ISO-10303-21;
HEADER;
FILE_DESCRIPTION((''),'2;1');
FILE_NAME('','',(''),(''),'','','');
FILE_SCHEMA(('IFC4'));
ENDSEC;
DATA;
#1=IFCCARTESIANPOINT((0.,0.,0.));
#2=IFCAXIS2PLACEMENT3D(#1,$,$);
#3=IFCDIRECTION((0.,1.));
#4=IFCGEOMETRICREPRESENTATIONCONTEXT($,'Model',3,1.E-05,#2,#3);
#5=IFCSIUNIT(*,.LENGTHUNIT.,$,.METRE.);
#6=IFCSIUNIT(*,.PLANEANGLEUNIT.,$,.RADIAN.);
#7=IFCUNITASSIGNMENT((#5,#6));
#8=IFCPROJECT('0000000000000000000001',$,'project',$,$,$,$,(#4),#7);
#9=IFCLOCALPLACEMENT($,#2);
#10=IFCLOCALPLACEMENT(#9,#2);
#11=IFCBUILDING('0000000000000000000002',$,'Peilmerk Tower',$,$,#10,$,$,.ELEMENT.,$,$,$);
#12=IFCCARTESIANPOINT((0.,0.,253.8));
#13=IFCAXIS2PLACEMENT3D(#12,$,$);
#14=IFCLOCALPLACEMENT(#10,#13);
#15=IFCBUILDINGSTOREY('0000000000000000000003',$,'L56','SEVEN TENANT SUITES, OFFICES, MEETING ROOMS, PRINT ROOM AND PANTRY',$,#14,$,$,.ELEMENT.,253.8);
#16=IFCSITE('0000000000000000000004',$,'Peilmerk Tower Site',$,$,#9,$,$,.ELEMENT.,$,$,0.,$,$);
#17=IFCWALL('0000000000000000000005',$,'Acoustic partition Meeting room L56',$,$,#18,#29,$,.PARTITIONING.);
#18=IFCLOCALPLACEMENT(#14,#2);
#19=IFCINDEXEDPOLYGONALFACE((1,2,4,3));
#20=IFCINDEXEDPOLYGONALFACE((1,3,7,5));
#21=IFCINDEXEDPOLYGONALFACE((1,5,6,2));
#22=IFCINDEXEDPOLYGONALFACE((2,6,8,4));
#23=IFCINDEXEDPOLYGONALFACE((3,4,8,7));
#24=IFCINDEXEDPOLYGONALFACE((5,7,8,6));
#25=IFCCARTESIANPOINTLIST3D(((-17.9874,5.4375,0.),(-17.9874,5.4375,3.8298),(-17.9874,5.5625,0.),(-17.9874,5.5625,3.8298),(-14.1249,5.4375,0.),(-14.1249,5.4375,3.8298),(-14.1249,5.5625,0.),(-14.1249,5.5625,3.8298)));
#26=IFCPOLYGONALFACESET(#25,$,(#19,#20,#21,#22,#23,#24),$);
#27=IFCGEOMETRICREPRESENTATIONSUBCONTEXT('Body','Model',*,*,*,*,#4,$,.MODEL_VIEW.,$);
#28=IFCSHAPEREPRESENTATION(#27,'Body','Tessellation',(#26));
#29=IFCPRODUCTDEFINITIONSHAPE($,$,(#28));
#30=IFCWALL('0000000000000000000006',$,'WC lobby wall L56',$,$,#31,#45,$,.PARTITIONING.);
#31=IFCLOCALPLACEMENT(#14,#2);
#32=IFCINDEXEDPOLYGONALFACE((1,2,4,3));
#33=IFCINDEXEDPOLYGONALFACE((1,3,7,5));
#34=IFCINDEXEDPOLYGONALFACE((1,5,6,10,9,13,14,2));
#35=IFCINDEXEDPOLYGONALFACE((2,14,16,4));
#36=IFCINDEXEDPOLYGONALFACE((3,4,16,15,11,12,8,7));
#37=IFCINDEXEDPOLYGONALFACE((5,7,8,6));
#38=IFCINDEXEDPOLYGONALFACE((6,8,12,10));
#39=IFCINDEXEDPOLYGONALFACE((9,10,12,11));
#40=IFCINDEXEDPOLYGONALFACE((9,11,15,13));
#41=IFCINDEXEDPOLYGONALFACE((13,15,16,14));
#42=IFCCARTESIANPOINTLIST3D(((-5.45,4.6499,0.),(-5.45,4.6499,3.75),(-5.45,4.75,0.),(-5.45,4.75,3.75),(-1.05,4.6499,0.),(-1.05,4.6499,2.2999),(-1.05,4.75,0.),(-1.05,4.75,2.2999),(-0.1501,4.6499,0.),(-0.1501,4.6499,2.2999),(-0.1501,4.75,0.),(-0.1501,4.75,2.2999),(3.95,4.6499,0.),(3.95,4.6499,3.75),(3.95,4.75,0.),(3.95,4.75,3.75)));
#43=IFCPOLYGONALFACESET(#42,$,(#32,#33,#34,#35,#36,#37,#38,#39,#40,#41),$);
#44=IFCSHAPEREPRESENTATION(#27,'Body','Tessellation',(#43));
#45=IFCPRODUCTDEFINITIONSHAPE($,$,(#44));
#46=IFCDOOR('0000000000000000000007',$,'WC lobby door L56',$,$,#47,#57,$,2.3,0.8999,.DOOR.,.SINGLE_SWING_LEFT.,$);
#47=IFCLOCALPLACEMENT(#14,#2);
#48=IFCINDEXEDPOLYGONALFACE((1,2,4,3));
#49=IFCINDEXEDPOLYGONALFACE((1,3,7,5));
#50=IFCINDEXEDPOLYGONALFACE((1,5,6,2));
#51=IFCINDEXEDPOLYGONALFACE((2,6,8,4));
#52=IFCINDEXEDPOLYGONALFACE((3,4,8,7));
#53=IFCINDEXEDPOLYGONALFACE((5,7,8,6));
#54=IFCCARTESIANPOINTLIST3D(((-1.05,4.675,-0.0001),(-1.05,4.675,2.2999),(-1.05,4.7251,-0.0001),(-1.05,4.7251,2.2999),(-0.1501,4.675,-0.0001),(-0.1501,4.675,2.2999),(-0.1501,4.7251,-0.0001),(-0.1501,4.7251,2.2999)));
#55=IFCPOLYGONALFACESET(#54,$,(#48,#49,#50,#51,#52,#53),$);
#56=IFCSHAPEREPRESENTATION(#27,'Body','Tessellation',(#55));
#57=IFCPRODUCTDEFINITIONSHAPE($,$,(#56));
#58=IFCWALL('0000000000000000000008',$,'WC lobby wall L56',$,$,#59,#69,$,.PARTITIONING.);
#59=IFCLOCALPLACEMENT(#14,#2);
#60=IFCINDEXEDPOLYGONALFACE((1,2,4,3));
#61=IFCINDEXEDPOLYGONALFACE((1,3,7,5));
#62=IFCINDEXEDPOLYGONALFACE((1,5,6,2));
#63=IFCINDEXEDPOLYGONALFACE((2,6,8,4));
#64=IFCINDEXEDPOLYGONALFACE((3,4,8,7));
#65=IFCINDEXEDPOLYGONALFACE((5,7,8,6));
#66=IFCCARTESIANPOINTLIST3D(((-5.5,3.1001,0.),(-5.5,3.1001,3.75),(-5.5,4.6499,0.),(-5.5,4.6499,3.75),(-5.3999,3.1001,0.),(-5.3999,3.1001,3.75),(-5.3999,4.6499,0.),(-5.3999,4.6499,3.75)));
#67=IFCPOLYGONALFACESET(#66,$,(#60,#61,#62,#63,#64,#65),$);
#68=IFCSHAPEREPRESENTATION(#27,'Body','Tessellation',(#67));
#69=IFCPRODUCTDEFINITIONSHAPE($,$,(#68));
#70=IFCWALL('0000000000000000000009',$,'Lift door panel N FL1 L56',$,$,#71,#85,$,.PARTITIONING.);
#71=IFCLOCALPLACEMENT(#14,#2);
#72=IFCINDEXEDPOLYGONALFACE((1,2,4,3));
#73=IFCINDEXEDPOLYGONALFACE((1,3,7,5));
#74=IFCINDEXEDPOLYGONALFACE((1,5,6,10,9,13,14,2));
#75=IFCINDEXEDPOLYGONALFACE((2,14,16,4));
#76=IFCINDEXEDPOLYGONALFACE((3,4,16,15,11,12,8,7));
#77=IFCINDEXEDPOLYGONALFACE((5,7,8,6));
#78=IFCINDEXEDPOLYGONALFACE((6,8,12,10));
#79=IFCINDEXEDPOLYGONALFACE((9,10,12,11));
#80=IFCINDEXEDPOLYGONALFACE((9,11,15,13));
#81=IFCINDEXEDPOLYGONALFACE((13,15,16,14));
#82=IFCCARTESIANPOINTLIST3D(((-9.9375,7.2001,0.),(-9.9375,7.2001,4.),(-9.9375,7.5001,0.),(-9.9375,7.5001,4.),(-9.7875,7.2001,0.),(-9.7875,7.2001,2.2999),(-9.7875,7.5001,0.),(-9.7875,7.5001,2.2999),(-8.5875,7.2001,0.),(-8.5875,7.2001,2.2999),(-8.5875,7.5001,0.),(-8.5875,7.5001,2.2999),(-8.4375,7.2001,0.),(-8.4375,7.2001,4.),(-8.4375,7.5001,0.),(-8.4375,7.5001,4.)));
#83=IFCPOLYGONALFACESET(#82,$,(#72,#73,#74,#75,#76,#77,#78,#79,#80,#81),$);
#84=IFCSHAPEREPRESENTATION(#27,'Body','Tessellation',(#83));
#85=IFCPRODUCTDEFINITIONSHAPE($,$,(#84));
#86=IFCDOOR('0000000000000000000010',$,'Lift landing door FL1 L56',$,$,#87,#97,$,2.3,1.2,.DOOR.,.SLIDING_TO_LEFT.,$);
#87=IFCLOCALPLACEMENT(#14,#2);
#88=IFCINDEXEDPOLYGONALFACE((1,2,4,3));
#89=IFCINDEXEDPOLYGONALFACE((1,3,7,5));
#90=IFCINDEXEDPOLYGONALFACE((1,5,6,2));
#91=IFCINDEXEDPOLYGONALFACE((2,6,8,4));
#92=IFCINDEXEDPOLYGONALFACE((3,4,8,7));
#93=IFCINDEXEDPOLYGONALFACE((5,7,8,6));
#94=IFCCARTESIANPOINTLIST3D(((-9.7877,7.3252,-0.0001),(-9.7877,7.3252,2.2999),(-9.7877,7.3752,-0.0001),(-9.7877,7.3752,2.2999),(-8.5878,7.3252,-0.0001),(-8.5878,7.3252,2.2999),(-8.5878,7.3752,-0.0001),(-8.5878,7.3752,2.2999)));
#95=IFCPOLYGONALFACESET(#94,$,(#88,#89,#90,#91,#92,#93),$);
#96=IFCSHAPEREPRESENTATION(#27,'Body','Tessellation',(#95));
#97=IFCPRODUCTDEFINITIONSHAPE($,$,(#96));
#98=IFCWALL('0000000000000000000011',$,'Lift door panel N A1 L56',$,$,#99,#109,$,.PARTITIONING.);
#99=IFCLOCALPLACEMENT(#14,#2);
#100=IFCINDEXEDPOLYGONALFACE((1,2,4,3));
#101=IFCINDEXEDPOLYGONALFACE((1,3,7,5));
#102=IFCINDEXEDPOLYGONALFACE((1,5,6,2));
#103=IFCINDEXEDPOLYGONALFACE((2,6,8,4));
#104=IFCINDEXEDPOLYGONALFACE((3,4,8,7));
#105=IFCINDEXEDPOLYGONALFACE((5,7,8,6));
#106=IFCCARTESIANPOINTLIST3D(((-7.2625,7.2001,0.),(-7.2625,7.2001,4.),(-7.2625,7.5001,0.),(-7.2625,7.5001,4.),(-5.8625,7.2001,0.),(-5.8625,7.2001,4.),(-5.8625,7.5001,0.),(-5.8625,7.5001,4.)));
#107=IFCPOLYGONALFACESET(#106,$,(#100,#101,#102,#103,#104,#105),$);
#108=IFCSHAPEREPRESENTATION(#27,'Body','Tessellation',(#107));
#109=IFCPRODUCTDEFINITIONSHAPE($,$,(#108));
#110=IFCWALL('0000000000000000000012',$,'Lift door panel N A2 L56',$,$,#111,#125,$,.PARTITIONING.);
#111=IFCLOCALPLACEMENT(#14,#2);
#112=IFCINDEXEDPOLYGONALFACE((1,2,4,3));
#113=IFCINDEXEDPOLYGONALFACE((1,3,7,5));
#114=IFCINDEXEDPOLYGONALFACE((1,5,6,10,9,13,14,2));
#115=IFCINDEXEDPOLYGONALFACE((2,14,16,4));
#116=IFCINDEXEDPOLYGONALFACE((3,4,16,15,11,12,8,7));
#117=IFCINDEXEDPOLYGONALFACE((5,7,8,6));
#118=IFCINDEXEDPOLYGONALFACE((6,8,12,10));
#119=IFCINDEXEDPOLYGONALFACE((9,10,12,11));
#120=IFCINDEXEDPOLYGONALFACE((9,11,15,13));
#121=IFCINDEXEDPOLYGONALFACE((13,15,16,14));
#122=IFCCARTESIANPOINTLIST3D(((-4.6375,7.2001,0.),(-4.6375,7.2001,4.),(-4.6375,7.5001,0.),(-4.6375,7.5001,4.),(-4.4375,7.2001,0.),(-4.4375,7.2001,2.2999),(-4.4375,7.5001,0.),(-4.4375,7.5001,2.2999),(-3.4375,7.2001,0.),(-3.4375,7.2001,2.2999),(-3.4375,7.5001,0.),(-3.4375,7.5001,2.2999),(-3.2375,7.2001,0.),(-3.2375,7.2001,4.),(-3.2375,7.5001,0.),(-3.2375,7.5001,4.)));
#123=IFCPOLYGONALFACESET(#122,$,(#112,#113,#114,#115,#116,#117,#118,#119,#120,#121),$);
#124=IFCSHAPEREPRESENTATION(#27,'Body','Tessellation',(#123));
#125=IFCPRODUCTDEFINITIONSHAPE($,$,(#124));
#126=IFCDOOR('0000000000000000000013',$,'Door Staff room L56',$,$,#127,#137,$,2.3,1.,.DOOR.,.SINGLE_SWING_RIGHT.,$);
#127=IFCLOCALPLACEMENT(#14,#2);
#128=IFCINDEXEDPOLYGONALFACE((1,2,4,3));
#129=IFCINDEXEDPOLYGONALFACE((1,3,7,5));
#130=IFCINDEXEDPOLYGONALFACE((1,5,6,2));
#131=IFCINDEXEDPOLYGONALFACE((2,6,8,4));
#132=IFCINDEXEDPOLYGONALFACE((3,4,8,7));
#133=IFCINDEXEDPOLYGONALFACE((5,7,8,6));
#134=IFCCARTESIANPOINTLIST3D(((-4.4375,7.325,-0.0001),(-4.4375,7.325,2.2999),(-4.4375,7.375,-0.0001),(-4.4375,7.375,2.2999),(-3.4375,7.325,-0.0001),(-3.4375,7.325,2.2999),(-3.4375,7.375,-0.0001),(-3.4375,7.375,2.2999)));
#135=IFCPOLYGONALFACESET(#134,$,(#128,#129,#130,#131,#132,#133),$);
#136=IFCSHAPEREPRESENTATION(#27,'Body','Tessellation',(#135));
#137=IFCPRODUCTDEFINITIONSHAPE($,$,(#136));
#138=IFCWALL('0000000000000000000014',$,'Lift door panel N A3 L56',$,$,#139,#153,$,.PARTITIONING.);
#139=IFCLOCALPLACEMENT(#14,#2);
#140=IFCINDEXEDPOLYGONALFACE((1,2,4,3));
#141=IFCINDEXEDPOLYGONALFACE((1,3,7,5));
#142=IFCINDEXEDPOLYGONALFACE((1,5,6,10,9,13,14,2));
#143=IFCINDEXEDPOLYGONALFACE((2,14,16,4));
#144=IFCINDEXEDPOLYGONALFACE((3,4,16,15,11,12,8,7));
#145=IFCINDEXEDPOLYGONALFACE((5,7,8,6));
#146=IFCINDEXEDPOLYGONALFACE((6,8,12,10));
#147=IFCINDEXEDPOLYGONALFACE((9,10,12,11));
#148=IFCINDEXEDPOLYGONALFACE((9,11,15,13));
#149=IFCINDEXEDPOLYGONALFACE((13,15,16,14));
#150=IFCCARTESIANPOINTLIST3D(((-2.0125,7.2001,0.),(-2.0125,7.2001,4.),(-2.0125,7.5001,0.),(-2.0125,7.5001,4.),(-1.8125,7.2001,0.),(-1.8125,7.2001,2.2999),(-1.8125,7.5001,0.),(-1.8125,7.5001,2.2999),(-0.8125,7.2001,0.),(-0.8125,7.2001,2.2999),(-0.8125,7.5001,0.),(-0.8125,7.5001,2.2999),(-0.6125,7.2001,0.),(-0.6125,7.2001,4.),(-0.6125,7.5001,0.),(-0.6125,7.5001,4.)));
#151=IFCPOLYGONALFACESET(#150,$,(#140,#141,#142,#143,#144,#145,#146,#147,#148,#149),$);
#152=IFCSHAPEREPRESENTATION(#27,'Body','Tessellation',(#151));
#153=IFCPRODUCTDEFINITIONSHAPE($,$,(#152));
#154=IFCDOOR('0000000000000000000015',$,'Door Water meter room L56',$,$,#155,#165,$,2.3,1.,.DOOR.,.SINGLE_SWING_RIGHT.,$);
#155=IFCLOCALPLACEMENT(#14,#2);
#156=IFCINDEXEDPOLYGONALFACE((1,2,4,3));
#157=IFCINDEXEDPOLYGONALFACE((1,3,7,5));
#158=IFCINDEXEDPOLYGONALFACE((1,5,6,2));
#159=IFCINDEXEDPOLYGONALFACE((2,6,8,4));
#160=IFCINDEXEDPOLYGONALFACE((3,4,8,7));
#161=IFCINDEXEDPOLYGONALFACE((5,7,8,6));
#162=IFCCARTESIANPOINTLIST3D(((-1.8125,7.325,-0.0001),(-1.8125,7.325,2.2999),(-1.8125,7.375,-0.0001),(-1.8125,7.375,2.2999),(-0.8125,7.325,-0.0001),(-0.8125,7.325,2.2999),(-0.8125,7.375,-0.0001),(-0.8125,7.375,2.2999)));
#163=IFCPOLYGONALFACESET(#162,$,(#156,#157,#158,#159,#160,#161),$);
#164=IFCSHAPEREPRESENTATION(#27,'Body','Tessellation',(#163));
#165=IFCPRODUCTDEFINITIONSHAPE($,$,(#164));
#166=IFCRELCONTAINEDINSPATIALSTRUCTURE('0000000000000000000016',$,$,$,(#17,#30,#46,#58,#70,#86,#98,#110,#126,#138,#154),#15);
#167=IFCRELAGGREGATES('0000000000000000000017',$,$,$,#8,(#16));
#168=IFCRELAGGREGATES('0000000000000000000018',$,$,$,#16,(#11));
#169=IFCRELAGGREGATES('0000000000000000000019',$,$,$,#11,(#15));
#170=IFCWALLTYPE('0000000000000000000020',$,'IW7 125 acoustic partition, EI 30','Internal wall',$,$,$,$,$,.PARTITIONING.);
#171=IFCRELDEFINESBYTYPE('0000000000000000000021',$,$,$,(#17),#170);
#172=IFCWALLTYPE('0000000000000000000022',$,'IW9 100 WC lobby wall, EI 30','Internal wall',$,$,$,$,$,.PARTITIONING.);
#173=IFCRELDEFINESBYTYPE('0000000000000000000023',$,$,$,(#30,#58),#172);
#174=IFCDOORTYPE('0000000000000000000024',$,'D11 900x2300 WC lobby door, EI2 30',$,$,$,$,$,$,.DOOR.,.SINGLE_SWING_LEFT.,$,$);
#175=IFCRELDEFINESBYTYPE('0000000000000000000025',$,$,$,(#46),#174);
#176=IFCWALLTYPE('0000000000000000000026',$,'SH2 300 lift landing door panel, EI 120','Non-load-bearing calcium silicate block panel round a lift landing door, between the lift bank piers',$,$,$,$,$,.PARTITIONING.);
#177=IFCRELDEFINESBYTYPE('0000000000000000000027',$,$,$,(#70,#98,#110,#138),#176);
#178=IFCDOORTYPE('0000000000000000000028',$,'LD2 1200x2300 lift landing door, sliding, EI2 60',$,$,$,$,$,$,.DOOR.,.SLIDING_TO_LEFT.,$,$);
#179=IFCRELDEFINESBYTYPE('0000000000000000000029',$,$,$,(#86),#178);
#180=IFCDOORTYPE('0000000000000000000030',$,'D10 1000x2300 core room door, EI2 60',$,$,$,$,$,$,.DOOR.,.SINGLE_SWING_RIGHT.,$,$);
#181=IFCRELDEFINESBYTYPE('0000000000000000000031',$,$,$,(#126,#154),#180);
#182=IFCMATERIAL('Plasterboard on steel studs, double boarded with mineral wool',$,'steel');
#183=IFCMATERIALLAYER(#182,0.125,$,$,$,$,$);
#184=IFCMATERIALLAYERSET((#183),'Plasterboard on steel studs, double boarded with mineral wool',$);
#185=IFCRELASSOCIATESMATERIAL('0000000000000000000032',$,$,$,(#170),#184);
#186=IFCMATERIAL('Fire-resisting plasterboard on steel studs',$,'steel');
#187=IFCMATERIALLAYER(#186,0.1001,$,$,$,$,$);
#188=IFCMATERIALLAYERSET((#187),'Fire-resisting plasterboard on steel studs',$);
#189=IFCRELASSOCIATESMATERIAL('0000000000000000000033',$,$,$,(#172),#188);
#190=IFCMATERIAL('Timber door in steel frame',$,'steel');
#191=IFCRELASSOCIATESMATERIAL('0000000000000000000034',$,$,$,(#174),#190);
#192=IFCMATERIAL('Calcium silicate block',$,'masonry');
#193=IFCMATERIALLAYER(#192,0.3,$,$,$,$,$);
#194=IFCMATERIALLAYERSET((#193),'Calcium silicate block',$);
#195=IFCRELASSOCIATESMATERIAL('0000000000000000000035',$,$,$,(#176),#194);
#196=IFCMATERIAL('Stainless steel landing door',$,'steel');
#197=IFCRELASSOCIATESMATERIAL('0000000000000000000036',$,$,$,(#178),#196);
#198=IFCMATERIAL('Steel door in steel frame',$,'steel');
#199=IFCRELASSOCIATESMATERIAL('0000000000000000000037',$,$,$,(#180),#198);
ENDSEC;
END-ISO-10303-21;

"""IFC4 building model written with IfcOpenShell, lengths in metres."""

from ifc_helpers import new_model, si_unit, direction, frame, frame_2d, origin, place, context, subcontext, project, spatial, rectangle, extrude, material, layer, layer_set, type_object, element, fill, save


model = new_model("IFC4")

# Units and contexts
model_context = context("Model", 3, precision=1e-05, world=origin(), true_north=direction((0.0, 1.0)))
body_context = subcontext(model_context, "Body", "Model", "MODEL_VIEW")
ifc_project = project(units=[si_unit("LENGTHUNIT", "METRE"), si_unit("PLANEANGLEUNIT", "RADIAN")], contexts=[model_context])

# Site, building, storey
site_placement = place(None, origin())
site = spatial("IfcSite", under=ifc_project, at=site_placement, Name="Peilmerk Tower Site", CompositionType="ELEMENT", RefElevation=0.0)
building_placement = place(site_placement, origin())
building = spatial("IfcBuilding", under=site, at=building_placement, Name="Peilmerk Tower", CompositionType="ELEMENT")
storey_placement = place(building_placement, frame((0.0, 0.0, 253.8)))
storey = spatial("IfcBuildingStorey", under=building, at=storey_placement, Name="L56", Description="SEVEN TENANT SUITES, OFFICES, MEETING ROOMS, PRINT ROOM AND PANTRY", CompositionType="ELEMENT", Elevation=253.8)

# Shared definitions
ifc_material_1 = material(Name="Steel door in steel frame", Category="steel")

# Shared definitions
ifc_material_2 = material(Name="Timber door in steel frame", Category="steel")

# Wall
ifc_material_3 = material(Name="Plasterboard on steel studs, double boarded with mineral wool", Category="steel")
ifc_layer_1 = layer(ifc_material_3, 0.125)
ifc_layer_set_1 = layer_set([ifc_layer_1], Name="Plasterboard on steel studs, double boarded with mineral wool")
wall_type_1 = type_object("IfcWallType", Name="IW7 125 acoustic partition, EI 30", Description="Internal wall", PredefinedType="PARTITIONING", material=ifc_layer_set_1)
wall_1_placement = place(storey_placement, frame((-14.125, 5.5, 0.0), z_axis=(0.0, 0.0, 1.0), x_axis=(-1.0, 0.0, 0.0)))
element("IfcWall", 1, at=wall_1_placement, inside=storey, type_object=wall_type_1, Name="Acoustic partition Meeting room L56", PredefinedType="PARTITIONING", context=body_context, shape_type="SweptSolid", body=[
    extrude(rectangle(XDim=3.8625, YDim=0.125, at=frame_2d((1.9312, 0.0))), origin(), (0.0, 0.0, 1.0), 3.8298),
])

# Wall, opening, door
ifc_material_4 = material(Name="Fire-resisting plasterboard on steel studs", Category="steel")
ifc_layer_2 = layer(ifc_material_4, 0.1001)
ifc_layer_set_2 = layer_set([ifc_layer_2], Name="Fire-resisting plasterboard on steel studs")
wall_type_2 = type_object("IfcWallType", Name="IW9 100 WC lobby wall, EI 30", Description="Internal wall", PredefinedType="PARTITIONING", material=ifc_layer_set_2)
wall_2_placement = place(storey_placement, frame((-5.45, 4.7, 0.0), z_axis=(0.0, 0.0, 1.0), x_axis=(1.0, 0.0, 0.0)))
wall_2 = element("IfcWall", 2, at=wall_2_placement, inside=storey, type_object=wall_type_2, Name="WC lobby wall L56", PredefinedType="PARTITIONING", context=body_context, shape_type="SweptSolid", body=[
    extrude(rectangle(XDim=9.3999, YDim=0.1001, at=frame_2d((4.7, 0.0))), origin(), (0.0, 0.0, 1.0), 3.75),
])
opening_1_placement = place(wall_2_placement, frame((4.3999, 0.0, 0.0)))
opening_1 = element("IfcOpeningElement", 3, at=opening_1_placement, cuts=wall_2, PredefinedType="OPENING", context=body_context, shape_type="SweptSolid", body=[
    extrude(rectangle(XDim=0.8999, YDim=2.3, at=frame_2d((0.45, 1.1499))), frame((0.0, 0.0601, 0.0), z_axis=(0.0, -1.0, 0.0), x_axis=(1.0, 0.0, 0.0)), (0.0, 0.0, 1.0), 0.1201),
])
door_type_1 = type_object("IfcDoorType", Name="D11 900x2300 WC lobby door, EI2 30", OperationType="SINGLE_SWING_LEFT", PredefinedType="DOOR", material=ifc_material_2)
door_1_placement = place(opening_1_placement, frame((0.8999, 0.0, 0.0), z_axis=(0.0, 0.0, 1.0), x_axis=(-1.0, 0.0, 0.0)))
door_1 = element("IfcDoor", 4, at=door_1_placement, inside=storey, type_object=door_type_1, Name="WC lobby door L56", OperationType="SINGLE_SWING_LEFT", OverallHeight=2.3, OverallWidth=0.8999, PredefinedType="DOOR", context=body_context, shape_type="SweptSolid", body=[
    extrude(rectangle(XDim=0.8999, YDim=2.3, at=frame_2d((0.45, 1.1499))), frame((0.0, 0.0249, 0.0), z_axis=(0.0, -1.0, 0.0), x_axis=(1.0, 0.0, 0.0)), (0.0, 0.0, 1.0), 0.05),
])
fill(opening_1, door_1)

# Wall
wall_3_placement = place(storey_placement, frame((-5.45, 3.1001, 0.0), z_axis=(0.0, 0.0, 1.0), x_axis=(0.0, 1.0, 0.0)))
element("IfcWall", 5, at=wall_3_placement, inside=storey, type_object=wall_type_2, Name="WC lobby wall L56", PredefinedType="PARTITIONING", context=body_context, shape_type="SweptSolid", body=[
    extrude(rectangle(XDim=1.5498, YDim=0.1001, at=frame_2d((0.7749, 0.0))), origin(), (0.0, 0.0, 1.0), 3.75),
])

# Wall, opening, door
ifc_material_5 = material(Name="Calcium silicate block", Category="masonry")
ifc_layer_3 = layer(ifc_material_5, 0.3)
ifc_layer_set_3 = layer_set([ifc_layer_3], Name="Calcium silicate block")
wall_type_3 = type_object("IfcWallType", Name="SH2 300 lift landing door panel, EI 120", Description="Non-load-bearing calcium silicate block panel round a lift landing door, between the lift bank piers", PredefinedType="PARTITIONING", material=ifc_layer_set_3)
wall_4_placement = place(storey_placement, frame((-9.9375, 7.3501, 0.0), z_axis=(0.0, 0.0, 1.0), x_axis=(1.0, 0.0, 0.0)))
wall_4 = element("IfcWall", 6, at=wall_4_placement, inside=storey, type_object=wall_type_3, Name="Lift door panel N FL1 L56", PredefinedType="PARTITIONING", context=body_context, shape_type="SweptSolid", body=[
    extrude(rectangle(XDim=1.5, YDim=0.3, at=frame_2d((0.75, 0.0))), origin(), (0.0, 0.0, 1.0), 4.0),
])
opening_2_placement = place(wall_4_placement, frame((0.1499, 0.0, 0.0)))
opening_2 = element("IfcOpeningElement", 7, at=opening_2_placement, cuts=wall_4, PredefinedType="OPENING", context=body_context, shape_type="SweptSolid", body=[
    extrude(rectangle(XDim=1.2, YDim=2.3, at=frame_2d((0.6001, 1.1499))), frame((0.0, 0.1599, 0.0), z_axis=(0.0, -1.0, 0.0), x_axis=(1.0, 0.0, 0.0)), (0.0, 0.0, 1.0), 0.3201),
])
ifc_material_6 = material(Name="Stainless steel landing door", Category="steel")
door_type_2 = type_object("IfcDoorType", Name="LD2 1200x2300 lift landing door, sliding, EI2 60", OperationType="SLIDING_TO_LEFT", PredefinedType="DOOR", material=ifc_material_6)
door_2_placement = place(opening_2_placement, frame((1.2, 0.0, 0.0), z_axis=(0.0, 0.0, 1.0), x_axis=(-1.0, 0.0, 0.0)))
door_2 = element("IfcDoor", 8, at=door_2_placement, inside=storey, type_object=door_type_2, Name="Lift landing door FL1 L56", OperationType="SLIDING_TO_LEFT", OverallHeight=2.3, OverallWidth=1.2, PredefinedType="DOOR", context=body_context, shape_type="SweptSolid", body=[
    extrude(rectangle(XDim=1.2, YDim=2.3, at=frame_2d((0.6001, 1.1499))), frame((0.0, 0.0249, 0.0), z_axis=(0.0, -1.0, 0.0), x_axis=(1.0, 0.0, 0.0)), (0.0, 0.0, 1.0), 0.05),
])
fill(opening_2, door_2)

# Wall
wall_5_placement = place(storey_placement, frame((-7.2625, 7.3501, 0.0), z_axis=(0.0, 0.0, 1.0), x_axis=(1.0, 0.0, 0.0)))
element("IfcWall", 9, at=wall_5_placement, inside=storey, type_object=wall_type_3, Name="Lift door panel N A1 L56", PredefinedType="PARTITIONING", context=body_context, shape_type="SweptSolid", body=[
    extrude(rectangle(XDim=1.3999, YDim=0.3, at=frame_2d((0.7, 0.0))), origin(), (0.0, 0.0, 1.0), 4.0),
])

# Walls, openings, doors
wall_6_placement = place(storey_placement, frame((-4.6375, 7.3501, 0.0), z_axis=(0.0, 0.0, 1.0), x_axis=(1.0, 0.0, 0.0)))
wall_6 = element("IfcWall", 10, at=wall_6_placement, inside=storey, type_object=wall_type_3, Name="Lift door panel N A2 L56", PredefinedType="PARTITIONING", context=body_context, shape_type="SweptSolid", body=[
    extrude(rectangle(XDim=1.3999, YDim=0.3, at=frame_2d((0.7, 0.0))), origin(), (0.0, 0.0, 1.0), 4.0),
])
opening_3_placement = place(wall_6_placement, frame((0.2, 0.0, 0.0)))
opening_3 = element("IfcOpeningElement", 11, at=opening_3_placement, cuts=wall_6, PredefinedType="OPENING", context=body_context, shape_type="SweptSolid", body=[
    extrude(rectangle(XDim=1.0, YDim=2.3, at=frame_2d((0.5, 1.1499))), frame((0.0, 0.1599, 0.0), z_axis=(0.0, -1.0, 0.0), x_axis=(1.0, 0.0, 0.0)), (0.0, 0.0, 1.0), 0.3201),
])
door_type_3 = type_object("IfcDoorType", Name="D10 1000x2300 core room door, EI2 60", OperationType="SINGLE_SWING_RIGHT", PredefinedType="DOOR", material=ifc_material_1)
door_3_placement = place(opening_3_placement, origin())
door_3 = element("IfcDoor", 12, at=door_3_placement, inside=storey, type_object=door_type_3, Name="Door Staff room L56", OperationType="SINGLE_SWING_RIGHT", OverallHeight=2.3, OverallWidth=1.0, PredefinedType="DOOR", context=body_context, shape_type="SweptSolid", body=[
    extrude(rectangle(XDim=1.0, YDim=2.3, at=frame_2d((0.5, 1.1499))), frame((0.0, 0.0249, 0.0), z_axis=(0.0, -1.0, 0.0), x_axis=(1.0, 0.0, 0.0)), (0.0, 0.0, 1.0), 0.05),
])
fill(opening_3, door_3)
wall_7_placement = place(storey_placement, frame((-2.0125, 7.3501, 0.0), z_axis=(0.0, 0.0, 1.0), x_axis=(1.0, 0.0, 0.0)))
wall_7 = element("IfcWall", 13, at=wall_7_placement, inside=storey, type_object=wall_type_3, Name="Lift door panel N A3 L56", PredefinedType="PARTITIONING", context=body_context, shape_type="SweptSolid", body=[
    extrude(rectangle(XDim=1.3999, YDim=0.3, at=frame_2d((0.7, 0.0))), origin(), (0.0, 0.0, 1.0), 4.0),
])
opening_4_placement = place(wall_7_placement, frame((0.2, 0.0, 0.0)))
opening_4 = element("IfcOpeningElement", 14, at=opening_4_placement, cuts=wall_7, PredefinedType="OPENING", context=body_context, shape_type="SweptSolid", body=[
    extrude(rectangle(XDim=1.0, YDim=2.3, at=frame_2d((0.5, 1.1499))), frame((0.0, 0.1599, 0.0), z_axis=(0.0, -1.0, 0.0), x_axis=(1.0, 0.0, 0.0)), (0.0, 0.0, 1.0), 0.3201),
])
door_4_placement = place(opening_4_placement, origin())
door_4 = element("IfcDoor", 15, at=door_4_placement, inside=storey, type_object=door_type_3, Name="Door Water meter room L56", OperationType="SINGLE_SWING_RIGHT", OverallHeight=2.3, OverallWidth=1.0, PredefinedType="DOOR", context=body_context, shape_type="SweptSolid", body=[
    extrude(rectangle(XDim=1.0, YDim=2.3, at=frame_2d((0.5, 1.1499))), frame((0.0, 0.0249, 0.0), z_axis=(0.0, -1.0, 0.0), x_axis=(1.0, 0.0, 0.0)), (0.0, 0.0, 1.0), 0.05),
])
fill(opening_4, door_4)

save(model, "model.ifc")
